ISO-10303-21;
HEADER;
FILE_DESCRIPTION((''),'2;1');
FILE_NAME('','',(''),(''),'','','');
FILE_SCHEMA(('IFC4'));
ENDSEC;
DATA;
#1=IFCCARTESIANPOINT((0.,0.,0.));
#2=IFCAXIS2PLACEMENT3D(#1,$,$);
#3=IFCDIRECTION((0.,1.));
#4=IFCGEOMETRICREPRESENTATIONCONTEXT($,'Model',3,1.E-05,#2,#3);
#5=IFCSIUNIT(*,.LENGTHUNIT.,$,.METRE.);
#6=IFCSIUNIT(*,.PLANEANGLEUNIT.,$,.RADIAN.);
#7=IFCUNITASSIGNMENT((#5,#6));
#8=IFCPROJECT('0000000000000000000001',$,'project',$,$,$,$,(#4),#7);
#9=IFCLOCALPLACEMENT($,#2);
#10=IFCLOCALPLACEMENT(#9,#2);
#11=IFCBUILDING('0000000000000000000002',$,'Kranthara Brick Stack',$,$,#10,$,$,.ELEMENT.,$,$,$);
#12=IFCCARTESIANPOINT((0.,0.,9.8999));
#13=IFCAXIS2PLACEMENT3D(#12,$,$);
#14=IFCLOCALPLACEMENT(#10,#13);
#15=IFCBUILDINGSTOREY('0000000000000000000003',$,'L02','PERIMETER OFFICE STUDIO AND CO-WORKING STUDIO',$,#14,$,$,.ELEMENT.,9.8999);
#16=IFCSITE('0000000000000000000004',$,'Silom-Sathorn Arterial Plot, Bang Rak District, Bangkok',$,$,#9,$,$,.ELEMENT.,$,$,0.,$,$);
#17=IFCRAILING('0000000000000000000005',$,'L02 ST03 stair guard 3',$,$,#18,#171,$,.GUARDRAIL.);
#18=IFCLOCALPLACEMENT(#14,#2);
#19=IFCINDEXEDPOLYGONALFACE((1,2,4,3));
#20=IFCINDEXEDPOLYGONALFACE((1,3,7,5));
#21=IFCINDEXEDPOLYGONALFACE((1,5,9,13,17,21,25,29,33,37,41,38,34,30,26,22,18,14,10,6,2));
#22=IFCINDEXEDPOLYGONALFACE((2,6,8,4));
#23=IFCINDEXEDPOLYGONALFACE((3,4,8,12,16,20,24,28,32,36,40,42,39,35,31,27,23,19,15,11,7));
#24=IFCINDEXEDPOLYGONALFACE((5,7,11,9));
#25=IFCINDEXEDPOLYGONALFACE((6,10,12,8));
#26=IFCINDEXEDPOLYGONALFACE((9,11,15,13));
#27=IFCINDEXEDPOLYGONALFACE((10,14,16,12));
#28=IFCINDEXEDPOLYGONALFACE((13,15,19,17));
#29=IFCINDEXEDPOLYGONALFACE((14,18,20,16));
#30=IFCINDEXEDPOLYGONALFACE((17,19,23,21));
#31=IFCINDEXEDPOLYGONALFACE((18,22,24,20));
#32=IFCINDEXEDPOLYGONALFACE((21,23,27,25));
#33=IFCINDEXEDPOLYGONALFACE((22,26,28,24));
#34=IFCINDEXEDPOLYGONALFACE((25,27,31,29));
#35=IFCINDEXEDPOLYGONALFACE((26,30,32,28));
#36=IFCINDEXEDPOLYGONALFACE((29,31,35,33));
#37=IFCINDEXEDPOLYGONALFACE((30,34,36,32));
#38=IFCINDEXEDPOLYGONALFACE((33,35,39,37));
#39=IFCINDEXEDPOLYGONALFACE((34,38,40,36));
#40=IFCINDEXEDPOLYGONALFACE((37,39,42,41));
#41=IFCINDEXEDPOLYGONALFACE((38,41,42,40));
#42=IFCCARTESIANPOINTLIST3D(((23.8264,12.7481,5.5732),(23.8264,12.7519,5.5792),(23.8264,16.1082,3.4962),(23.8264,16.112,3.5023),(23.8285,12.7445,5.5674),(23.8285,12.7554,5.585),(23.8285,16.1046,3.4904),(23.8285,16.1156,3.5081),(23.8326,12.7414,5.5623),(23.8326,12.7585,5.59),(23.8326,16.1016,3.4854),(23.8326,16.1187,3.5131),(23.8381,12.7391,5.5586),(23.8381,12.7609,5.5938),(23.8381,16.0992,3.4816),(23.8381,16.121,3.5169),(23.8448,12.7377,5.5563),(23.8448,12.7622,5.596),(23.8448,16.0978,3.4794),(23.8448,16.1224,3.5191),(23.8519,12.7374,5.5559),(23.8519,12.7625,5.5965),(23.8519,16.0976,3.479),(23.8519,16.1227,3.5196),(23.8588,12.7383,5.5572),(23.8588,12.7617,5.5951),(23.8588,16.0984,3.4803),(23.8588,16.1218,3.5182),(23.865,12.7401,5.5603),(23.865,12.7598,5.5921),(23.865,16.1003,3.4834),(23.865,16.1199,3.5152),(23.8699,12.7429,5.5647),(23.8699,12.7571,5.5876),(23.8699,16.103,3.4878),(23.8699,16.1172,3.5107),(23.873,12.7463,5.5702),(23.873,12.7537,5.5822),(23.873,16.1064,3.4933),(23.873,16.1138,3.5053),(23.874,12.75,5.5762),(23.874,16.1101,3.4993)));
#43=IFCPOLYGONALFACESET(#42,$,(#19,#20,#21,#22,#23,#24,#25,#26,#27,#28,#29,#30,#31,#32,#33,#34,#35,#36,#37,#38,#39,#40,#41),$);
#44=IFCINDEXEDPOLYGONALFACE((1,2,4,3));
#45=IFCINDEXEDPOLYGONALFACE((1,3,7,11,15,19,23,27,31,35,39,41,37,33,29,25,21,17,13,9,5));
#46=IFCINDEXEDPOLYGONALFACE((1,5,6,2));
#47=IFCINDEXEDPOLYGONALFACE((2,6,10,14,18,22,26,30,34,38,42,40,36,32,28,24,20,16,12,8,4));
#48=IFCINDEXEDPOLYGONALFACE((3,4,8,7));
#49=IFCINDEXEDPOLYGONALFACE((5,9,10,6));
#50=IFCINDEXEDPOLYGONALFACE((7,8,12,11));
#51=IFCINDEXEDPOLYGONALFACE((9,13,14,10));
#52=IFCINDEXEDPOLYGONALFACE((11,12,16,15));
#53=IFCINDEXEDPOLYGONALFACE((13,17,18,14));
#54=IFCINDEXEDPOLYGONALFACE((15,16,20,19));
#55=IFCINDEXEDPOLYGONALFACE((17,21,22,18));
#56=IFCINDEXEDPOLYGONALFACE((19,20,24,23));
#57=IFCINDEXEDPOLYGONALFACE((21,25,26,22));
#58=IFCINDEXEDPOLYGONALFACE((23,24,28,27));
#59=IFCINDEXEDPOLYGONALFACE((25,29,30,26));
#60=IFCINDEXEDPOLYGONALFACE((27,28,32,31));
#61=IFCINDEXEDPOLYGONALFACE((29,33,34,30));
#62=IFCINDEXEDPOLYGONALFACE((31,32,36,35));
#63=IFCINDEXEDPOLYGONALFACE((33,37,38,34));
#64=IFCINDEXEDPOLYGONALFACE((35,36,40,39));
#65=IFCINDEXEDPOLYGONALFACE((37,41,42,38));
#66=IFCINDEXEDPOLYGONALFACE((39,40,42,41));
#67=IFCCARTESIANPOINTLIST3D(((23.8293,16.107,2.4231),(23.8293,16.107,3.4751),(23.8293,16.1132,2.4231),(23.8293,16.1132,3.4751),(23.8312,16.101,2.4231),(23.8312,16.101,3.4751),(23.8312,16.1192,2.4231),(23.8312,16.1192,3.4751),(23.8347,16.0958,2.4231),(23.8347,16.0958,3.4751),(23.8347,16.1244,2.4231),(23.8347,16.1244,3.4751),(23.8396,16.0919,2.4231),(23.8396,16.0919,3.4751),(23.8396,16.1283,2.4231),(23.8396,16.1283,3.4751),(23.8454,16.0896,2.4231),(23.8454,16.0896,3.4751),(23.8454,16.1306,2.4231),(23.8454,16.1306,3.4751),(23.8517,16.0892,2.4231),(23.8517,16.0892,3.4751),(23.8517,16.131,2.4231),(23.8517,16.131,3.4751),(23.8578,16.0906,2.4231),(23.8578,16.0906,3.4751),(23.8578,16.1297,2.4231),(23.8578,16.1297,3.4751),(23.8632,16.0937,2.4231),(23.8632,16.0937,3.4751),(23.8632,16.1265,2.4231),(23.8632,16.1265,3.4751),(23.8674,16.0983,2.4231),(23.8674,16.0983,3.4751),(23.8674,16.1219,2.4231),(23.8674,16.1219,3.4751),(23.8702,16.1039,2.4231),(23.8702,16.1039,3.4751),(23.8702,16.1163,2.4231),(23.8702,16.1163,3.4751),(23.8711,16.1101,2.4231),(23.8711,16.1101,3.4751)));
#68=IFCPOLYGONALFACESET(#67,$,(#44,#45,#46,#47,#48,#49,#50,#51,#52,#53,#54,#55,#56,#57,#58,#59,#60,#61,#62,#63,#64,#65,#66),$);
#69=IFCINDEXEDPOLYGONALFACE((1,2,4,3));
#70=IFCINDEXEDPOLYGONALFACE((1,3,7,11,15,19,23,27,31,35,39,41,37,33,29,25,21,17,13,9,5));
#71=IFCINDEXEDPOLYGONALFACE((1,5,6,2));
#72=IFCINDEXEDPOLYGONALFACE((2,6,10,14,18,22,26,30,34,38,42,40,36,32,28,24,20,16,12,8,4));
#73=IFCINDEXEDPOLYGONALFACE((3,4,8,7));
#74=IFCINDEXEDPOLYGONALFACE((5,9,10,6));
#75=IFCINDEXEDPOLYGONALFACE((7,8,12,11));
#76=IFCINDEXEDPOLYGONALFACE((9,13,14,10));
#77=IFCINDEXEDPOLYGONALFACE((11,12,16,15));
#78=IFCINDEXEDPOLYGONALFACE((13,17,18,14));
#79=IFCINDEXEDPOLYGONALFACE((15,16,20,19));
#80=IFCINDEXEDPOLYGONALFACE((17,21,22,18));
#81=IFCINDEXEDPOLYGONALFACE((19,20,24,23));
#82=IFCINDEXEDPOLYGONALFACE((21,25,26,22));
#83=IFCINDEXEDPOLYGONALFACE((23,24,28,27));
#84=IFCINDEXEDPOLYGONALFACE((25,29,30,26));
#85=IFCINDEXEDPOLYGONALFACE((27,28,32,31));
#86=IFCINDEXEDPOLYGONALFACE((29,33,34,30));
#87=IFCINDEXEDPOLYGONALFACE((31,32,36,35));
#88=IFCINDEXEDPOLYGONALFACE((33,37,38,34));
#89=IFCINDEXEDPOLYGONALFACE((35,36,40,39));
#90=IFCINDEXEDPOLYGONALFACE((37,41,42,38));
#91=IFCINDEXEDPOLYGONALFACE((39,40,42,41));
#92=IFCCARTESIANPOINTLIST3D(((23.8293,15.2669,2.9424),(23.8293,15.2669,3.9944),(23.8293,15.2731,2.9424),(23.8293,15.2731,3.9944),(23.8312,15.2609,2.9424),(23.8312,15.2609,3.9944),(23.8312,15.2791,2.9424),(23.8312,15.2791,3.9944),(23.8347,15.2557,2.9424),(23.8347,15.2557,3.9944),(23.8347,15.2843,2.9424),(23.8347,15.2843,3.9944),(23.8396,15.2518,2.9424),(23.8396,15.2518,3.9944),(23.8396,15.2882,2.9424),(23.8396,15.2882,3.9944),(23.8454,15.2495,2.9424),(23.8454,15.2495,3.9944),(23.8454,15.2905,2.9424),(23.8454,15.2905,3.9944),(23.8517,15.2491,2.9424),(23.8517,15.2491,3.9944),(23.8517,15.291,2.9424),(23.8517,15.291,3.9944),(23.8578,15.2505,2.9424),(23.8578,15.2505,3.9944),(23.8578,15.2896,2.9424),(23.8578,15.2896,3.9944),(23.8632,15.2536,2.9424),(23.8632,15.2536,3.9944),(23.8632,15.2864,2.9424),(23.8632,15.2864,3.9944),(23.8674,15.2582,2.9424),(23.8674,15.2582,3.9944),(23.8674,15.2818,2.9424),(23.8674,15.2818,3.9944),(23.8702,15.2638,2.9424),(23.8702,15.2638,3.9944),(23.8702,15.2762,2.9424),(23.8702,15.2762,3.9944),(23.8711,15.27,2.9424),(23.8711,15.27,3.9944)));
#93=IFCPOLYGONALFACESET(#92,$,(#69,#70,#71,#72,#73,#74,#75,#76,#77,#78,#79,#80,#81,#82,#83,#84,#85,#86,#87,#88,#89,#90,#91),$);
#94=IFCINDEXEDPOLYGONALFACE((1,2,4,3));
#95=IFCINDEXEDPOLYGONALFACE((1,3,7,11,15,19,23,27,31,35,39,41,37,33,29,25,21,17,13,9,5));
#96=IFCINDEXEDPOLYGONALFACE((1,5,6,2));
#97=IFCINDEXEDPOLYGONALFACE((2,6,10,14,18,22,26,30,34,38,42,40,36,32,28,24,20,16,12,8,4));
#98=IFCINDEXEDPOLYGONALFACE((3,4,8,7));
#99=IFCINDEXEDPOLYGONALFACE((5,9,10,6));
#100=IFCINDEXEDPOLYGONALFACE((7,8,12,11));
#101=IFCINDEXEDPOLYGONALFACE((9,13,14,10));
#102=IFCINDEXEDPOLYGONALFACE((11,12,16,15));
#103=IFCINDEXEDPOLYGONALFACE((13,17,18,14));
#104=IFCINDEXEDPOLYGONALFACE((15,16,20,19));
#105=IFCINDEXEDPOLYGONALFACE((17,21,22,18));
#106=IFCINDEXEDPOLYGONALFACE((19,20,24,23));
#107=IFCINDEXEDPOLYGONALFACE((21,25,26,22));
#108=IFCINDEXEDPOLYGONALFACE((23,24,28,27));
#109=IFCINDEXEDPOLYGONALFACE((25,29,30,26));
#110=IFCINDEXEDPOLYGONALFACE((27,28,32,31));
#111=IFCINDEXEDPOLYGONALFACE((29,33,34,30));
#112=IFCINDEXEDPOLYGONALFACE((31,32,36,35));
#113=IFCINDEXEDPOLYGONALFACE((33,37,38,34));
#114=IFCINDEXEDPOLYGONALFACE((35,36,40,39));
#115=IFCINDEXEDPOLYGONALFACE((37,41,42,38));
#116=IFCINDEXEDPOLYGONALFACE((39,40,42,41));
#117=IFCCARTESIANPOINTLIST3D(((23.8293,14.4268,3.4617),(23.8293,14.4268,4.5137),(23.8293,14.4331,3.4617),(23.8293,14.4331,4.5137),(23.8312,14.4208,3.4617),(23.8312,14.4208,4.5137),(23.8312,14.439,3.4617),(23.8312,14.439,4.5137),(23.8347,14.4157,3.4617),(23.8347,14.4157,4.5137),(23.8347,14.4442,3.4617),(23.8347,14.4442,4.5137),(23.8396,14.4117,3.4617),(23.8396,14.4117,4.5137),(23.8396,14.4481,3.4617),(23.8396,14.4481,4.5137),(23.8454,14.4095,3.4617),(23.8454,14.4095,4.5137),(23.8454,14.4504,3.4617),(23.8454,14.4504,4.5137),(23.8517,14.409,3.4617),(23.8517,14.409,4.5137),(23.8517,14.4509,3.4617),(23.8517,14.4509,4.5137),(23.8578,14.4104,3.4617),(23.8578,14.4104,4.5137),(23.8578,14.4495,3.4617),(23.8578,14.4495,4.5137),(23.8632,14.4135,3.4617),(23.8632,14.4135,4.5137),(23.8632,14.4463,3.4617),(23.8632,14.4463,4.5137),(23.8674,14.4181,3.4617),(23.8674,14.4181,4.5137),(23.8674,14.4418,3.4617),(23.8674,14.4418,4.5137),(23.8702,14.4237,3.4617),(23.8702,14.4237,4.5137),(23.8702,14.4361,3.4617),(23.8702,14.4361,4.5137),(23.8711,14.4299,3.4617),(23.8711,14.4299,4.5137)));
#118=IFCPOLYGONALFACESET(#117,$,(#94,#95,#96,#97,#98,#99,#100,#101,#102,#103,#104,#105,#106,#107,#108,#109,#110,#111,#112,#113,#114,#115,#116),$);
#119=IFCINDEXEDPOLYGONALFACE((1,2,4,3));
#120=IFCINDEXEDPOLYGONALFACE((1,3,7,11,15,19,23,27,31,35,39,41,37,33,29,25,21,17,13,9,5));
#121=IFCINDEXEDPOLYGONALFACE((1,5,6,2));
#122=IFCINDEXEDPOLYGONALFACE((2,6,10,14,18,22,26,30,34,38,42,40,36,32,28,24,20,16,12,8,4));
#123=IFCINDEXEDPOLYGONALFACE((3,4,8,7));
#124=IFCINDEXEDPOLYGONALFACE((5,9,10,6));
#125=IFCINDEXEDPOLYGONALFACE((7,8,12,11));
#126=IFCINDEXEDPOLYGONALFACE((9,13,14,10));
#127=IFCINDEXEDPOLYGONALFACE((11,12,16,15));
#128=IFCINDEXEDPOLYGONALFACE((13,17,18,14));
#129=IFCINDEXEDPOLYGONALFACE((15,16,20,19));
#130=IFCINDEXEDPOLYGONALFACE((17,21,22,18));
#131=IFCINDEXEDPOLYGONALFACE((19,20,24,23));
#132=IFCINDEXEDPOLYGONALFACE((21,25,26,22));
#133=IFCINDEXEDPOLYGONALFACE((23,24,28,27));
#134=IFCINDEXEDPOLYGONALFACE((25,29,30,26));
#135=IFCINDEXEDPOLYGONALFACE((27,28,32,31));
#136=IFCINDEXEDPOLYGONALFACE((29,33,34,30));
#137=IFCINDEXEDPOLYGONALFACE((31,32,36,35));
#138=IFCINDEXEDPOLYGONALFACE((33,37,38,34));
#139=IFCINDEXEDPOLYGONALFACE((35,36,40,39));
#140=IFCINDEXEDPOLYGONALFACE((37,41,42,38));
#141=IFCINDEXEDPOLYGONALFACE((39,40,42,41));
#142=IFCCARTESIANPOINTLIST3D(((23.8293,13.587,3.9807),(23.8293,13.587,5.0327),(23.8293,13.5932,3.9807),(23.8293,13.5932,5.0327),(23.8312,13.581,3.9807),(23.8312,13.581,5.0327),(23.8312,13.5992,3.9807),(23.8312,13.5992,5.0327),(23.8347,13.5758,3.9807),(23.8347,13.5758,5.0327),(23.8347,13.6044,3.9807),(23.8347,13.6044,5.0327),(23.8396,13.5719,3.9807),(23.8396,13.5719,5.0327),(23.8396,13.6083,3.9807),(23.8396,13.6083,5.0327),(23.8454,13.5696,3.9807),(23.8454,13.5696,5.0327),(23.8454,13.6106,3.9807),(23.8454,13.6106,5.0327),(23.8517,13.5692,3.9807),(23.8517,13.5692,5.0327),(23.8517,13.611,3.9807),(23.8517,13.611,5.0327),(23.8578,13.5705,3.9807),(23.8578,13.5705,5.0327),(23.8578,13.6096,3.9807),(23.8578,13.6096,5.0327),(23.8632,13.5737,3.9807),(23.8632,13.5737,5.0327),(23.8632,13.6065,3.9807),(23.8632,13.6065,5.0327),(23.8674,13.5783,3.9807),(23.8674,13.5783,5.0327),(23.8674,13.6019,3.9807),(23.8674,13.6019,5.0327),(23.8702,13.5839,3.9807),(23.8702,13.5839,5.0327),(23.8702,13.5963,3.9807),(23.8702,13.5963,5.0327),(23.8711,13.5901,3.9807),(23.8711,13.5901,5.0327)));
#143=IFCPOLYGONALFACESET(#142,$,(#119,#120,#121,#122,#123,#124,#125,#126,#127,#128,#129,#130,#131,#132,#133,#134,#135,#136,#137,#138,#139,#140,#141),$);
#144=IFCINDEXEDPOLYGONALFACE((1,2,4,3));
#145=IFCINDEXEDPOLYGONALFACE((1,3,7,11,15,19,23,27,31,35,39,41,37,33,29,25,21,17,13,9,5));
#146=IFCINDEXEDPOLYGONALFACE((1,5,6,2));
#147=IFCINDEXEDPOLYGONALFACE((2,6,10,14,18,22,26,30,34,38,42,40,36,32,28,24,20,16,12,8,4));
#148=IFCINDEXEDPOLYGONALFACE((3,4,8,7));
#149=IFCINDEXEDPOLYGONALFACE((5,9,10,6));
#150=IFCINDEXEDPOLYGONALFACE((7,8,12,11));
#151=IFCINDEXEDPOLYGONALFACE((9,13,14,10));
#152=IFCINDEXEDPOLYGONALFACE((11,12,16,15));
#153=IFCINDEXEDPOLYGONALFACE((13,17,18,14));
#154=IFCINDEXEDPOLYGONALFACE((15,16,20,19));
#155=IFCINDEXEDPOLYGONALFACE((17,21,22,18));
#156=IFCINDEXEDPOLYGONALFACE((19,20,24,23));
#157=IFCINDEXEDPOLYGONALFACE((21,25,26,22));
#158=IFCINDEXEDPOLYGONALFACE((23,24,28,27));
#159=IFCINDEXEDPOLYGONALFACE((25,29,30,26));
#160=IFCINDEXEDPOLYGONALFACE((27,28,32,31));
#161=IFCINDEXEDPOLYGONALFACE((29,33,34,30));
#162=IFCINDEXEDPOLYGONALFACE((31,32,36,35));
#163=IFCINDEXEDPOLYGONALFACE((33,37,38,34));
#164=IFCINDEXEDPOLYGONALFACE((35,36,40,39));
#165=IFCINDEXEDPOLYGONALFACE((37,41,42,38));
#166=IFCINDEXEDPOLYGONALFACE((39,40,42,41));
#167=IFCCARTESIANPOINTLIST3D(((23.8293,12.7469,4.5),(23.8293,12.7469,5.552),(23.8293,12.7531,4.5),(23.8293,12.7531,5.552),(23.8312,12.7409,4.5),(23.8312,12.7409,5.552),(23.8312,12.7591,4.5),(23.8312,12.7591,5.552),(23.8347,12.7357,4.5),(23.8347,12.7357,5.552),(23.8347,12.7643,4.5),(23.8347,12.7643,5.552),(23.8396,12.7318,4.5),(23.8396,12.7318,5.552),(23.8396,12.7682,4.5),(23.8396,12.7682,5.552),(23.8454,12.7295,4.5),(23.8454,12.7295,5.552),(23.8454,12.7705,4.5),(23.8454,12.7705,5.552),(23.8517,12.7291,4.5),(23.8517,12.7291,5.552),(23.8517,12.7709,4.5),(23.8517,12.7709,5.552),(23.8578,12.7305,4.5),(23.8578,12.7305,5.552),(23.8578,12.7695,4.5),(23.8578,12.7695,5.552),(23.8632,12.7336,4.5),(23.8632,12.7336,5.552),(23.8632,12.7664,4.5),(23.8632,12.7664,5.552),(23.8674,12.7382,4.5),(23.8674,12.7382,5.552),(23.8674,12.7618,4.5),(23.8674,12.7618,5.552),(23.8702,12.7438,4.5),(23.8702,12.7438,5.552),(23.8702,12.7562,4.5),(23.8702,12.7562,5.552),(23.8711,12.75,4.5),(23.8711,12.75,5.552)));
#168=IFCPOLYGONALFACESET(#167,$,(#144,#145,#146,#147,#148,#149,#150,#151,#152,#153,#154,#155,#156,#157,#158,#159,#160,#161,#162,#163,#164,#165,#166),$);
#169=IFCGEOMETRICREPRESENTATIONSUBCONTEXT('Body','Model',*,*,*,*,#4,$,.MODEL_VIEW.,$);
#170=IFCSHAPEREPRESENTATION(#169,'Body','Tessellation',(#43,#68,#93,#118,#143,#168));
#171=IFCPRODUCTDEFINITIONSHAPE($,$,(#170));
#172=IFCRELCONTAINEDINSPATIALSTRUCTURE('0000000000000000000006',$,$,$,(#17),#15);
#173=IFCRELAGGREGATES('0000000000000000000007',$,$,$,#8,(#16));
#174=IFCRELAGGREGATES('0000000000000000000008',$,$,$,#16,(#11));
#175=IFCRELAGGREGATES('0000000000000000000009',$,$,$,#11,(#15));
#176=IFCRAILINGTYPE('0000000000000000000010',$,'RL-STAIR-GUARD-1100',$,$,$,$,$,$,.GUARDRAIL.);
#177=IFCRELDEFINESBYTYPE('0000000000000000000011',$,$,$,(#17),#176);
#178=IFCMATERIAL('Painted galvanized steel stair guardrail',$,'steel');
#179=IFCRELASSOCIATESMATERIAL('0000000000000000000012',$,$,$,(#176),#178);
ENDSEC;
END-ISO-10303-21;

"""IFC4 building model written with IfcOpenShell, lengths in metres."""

from ifc_helpers import new_model, si_unit, direction, frame, origin, origin_2d, place, context, subcontext, project, spatial, circle, extrude, material, type_object, element, save


model = new_model("IFC4")

# Units and contexts
model_context = context("Model", 3, precision=1e-05, world=origin(), true_north=direction((0.0, 1.0)))
body_context = subcontext(model_context, "Body", "Model", "MODEL_VIEW")
ifc_project = project(units=[si_unit("LENGTHUNIT", "METRE"), si_unit("PLANEANGLEUNIT", "RADIAN")], contexts=[model_context])

# Site, building, storey
site_placement = place(None, origin())
site = spatial("IfcSite", under=ifc_project, at=site_placement, Name="Silom-Sathorn Arterial Plot, Bang Rak District, Bangkok", CompositionType="ELEMENT", RefElevation=0.0)
building_placement = place(site_placement, origin())
building = spatial("IfcBuilding", under=site, at=building_placement, Name="Kranthara Brick Stack", CompositionType="ELEMENT")
storey_placement = place(building_placement, frame((0.0, 0.0, 9.8999)))
storey = spatial("IfcBuildingStorey", under=building, at=storey_placement, Name="L02", Description="PERIMETER OFFICE STUDIO AND CO-WORKING STUDIO", CompositionType="ELEMENT", Elevation=9.8999)

# Railing
ifc_material_1 = material(Name="Painted galvanized steel stair guardrail", Category="steel")
railing_type_1 = type_object("IfcRailingType", Name="RL-STAIR-GUARD-1100", PredefinedType="GUARDRAIL", material=ifc_material_1)
railing_1_placement = place(storey_placement, frame((23.8501, 16.1101, 2.4231)))
element("IfcRailing", 1, at=railing_1_placement, inside=storey, type_object=railing_type_1, Name="L02 ST03 stair guard 3", PredefinedType="GUARDRAIL", context=body_context, shape_type="SweptSolid", body=[
    extrude(circle(Radius=0.0239, at=origin_2d()), frame((0.0, 0.0, 1.0762), z_axis=(0.0, -0.850623, 0.525776), x_axis=(1.0, 0.0, 0.0)), (0.0, 0.0, 1.0), 3.9502),
    extrude(circle(Radius=0.021, at=origin_2d()), origin(), (0.0, 0.0, 1.0), 1.052),
    extrude(circle(Radius=0.021, at=origin_2d()), frame((0.0, -0.8401, 0.5193)), (0.0, 0.0, 1.0), 1.052),
    extrude(circle(Radius=0.021, at=origin_2d()), frame((0.0, -1.6802, 1.0386)), (0.0, 0.0, 1.0), 1.052),
    extrude(circle(Radius=0.021, at=origin_2d()), frame((0.0, -2.52, 1.5576)), (0.0, 0.0, 1.0), 1.052),
    extrude(circle(Radius=0.021, at=origin_2d()), frame((0.0, -3.3601, 2.0769)), (0.0, 0.0, 1.0), 1.052),
])

save(model, "model.ifc")
